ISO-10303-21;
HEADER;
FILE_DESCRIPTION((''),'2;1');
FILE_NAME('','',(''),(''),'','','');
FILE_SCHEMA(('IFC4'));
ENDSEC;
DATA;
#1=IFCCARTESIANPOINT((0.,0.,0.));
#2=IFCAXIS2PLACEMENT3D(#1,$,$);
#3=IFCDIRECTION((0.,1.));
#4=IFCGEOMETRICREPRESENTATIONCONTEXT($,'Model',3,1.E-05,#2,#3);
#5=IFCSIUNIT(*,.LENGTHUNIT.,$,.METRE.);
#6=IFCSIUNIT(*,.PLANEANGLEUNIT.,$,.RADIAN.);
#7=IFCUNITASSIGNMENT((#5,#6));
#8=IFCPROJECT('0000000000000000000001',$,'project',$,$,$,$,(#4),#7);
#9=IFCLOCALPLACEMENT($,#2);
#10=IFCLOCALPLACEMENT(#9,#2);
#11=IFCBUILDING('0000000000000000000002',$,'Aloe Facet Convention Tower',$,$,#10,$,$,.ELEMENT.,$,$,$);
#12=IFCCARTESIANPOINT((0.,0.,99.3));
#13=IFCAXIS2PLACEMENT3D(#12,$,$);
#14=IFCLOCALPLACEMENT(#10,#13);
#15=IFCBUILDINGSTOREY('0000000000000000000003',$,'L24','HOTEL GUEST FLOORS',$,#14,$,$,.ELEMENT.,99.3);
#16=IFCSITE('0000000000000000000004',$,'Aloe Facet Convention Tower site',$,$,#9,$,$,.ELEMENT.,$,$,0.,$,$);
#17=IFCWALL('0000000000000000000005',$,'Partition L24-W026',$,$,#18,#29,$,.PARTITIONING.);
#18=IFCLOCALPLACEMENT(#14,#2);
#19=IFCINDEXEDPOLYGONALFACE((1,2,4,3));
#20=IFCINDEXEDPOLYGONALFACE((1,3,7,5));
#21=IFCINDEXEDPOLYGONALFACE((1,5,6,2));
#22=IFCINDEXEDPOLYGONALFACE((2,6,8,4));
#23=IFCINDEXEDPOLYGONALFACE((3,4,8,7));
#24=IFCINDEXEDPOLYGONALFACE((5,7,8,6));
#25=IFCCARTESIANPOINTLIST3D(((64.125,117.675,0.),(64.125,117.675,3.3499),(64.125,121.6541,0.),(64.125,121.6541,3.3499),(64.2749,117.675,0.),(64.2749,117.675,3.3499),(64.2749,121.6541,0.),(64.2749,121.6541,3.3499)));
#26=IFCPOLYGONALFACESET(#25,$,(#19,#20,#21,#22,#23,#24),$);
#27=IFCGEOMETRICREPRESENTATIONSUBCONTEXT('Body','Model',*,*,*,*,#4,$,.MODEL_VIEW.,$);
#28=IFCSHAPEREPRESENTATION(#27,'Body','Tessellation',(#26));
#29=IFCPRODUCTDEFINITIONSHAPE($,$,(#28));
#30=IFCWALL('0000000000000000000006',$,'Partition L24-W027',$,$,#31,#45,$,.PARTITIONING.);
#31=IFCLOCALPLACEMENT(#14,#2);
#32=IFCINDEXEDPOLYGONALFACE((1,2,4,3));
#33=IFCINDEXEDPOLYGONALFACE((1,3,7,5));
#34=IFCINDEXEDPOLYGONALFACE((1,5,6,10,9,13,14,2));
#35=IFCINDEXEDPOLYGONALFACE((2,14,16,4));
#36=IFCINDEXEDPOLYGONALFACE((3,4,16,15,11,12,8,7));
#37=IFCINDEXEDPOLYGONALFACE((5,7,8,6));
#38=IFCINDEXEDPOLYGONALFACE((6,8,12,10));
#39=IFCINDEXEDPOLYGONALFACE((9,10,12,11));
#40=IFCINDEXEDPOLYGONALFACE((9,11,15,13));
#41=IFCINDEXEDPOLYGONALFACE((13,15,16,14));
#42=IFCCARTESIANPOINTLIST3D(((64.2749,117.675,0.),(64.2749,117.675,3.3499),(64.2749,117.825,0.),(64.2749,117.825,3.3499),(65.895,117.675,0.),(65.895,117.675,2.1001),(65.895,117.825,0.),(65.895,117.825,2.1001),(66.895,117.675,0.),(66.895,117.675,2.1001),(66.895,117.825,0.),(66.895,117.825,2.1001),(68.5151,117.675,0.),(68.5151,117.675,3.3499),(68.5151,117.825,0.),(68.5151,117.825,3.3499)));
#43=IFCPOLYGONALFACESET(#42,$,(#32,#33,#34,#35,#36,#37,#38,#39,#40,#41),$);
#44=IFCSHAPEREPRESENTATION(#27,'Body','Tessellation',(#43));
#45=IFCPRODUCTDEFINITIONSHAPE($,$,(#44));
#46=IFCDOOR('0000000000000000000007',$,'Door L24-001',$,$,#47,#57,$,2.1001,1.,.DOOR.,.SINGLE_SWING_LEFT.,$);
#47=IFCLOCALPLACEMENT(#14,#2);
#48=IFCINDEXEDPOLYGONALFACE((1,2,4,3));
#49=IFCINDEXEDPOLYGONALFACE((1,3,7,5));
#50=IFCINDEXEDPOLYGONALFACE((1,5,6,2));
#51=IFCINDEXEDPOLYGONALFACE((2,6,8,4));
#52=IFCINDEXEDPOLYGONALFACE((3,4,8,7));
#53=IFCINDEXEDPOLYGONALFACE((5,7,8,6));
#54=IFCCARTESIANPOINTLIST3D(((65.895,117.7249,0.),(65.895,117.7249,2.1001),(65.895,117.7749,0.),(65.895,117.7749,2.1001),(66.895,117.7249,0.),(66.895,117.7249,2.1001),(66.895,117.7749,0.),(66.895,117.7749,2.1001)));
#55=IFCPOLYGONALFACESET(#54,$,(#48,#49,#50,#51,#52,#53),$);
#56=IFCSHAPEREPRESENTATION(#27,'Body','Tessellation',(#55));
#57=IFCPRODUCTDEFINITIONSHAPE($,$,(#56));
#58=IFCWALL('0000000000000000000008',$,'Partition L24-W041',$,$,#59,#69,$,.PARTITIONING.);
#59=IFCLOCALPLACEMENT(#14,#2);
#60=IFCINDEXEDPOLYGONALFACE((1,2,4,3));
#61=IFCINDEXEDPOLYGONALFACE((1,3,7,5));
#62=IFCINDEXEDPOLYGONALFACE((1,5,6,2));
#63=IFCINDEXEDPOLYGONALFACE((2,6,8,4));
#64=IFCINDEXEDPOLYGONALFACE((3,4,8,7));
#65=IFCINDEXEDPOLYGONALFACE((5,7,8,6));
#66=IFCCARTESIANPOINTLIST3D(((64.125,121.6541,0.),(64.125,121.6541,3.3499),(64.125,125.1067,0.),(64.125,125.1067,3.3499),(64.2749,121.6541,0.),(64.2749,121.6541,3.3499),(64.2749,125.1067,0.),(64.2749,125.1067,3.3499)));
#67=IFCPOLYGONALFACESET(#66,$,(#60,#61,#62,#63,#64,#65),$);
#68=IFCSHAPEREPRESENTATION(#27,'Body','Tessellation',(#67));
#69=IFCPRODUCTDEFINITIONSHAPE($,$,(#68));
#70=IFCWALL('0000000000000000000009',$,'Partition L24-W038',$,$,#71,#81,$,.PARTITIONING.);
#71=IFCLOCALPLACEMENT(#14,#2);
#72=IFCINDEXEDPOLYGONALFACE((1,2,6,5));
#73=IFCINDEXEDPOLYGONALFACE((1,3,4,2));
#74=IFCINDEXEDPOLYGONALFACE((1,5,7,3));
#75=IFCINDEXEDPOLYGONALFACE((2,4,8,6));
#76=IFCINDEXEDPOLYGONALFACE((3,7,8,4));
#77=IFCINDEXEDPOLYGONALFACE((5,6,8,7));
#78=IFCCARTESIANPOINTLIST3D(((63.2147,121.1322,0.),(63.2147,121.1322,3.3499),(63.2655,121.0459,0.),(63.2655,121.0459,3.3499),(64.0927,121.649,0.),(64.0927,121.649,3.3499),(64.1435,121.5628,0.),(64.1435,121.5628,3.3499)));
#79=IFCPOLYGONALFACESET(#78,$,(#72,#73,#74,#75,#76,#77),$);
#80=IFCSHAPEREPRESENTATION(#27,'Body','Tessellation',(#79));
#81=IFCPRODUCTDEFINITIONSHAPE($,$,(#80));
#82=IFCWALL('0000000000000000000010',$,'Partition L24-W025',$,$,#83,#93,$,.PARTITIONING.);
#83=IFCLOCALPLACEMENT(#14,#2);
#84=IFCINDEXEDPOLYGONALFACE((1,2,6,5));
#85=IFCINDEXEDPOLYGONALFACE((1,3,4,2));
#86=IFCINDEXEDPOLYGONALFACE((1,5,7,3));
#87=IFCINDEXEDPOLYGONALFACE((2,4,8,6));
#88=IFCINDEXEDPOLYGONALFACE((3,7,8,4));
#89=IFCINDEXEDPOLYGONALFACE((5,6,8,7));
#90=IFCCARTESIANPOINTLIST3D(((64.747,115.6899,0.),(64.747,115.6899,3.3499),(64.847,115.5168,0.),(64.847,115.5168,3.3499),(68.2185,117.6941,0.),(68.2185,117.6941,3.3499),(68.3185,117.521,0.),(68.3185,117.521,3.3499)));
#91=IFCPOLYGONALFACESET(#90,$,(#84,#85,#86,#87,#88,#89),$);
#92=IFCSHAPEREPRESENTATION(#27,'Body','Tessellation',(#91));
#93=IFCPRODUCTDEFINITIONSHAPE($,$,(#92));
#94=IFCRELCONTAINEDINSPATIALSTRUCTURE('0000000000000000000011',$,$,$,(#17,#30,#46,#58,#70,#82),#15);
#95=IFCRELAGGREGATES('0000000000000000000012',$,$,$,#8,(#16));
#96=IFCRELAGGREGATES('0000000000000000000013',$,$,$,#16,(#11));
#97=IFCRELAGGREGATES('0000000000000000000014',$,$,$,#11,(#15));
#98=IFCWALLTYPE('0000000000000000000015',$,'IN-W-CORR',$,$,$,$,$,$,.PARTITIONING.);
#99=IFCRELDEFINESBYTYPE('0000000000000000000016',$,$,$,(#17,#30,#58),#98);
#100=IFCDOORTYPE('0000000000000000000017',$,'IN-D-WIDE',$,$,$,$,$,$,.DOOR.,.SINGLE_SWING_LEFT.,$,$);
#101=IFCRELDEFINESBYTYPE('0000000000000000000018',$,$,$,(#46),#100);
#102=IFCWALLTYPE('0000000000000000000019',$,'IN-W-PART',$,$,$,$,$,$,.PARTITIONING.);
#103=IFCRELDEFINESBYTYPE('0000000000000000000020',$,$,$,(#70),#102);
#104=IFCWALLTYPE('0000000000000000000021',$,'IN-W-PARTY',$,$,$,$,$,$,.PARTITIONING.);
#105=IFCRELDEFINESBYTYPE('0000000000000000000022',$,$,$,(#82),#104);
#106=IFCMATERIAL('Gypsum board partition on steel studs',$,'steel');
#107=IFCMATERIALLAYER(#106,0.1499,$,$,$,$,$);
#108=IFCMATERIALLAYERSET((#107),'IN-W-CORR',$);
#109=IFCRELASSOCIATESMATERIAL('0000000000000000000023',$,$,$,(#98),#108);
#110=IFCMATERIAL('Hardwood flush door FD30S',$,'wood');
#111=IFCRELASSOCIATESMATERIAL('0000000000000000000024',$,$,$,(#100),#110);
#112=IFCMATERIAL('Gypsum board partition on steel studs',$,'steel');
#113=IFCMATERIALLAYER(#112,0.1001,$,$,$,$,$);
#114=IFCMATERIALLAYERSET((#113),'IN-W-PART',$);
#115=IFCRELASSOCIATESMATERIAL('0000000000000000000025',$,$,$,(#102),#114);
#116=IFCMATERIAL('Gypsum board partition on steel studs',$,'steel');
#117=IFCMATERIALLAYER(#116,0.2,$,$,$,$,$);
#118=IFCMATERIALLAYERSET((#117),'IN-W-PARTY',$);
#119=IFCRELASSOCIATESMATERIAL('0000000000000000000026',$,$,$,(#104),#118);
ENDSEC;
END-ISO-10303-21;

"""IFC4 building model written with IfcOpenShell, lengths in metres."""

from ifc_helpers import new_model, si_unit, direction, frame, frame_2d, origin, place, context, subcontext, project, spatial, rectangle, extrude, material, layer, layer_set, type_object, element, fill, save


model = new_model("IFC4")

# Units and contexts
model_context = context("Model", 3, precision=1e-05, world=origin(), true_north=direction((0.0, 1.0)))
body_context = subcontext(model_context, "Body", "Model", "MODEL_VIEW")
ifc_project = project(units=[si_unit("LENGTHUNIT", "METRE"), si_unit("PLANEANGLEUNIT", "RADIAN")], contexts=[model_context])

# Site, building, storey
site_placement = place(None, origin())
site = spatial("IfcSite", under=ifc_project, at=site_placement, Name="Aloe Facet Convention Tower site", CompositionType="ELEMENT", RefElevation=0.0)
building_placement = place(site_placement, origin())
building = spatial("IfcBuilding", under=site, at=building_placement, Name="Aloe Facet Convention Tower", CompositionType="ELEMENT")
storey_placement = place(building_placement, frame((0.0, 0.0, 99.3)))
storey = spatial("IfcBuildingStorey", under=building, at=storey_placement, Name="L24", Description="HOTEL GUEST FLOORS", CompositionType="ELEMENT", Elevation=99.3)

# Wall
ifc_material_1 = material(Name="Gypsum board partition on steel studs", Category="steel")
ifc_layer_1 = layer(ifc_material_1, 0.1499)
ifc_layer_set_1 = layer_set([ifc_layer_1], Name="IN-W-CORR")
wall_type_1 = type_object("IfcWallType", Name="IN-W-CORR", PredefinedType="PARTITIONING", material=ifc_layer_set_1)
wall_1_placement = place(storey_placement, frame((64.2, 117.675, 0.0), z_axis=(0.0, 0.0, 1.0), x_axis=(0.0, 1.0, 0.0)))
element("IfcWall", 1, at=wall_1_placement, inside=storey, type_object=wall_type_1, Name="Partition L24-W026", PredefinedType="PARTITIONING", context=body_context, shape_type="SweptSolid", body=[
    extrude(rectangle(XDim=3.979, YDim=0.1499, at=frame_2d((1.9895, 0.0))), origin(), (0.0, 0.0, 1.0), 3.3499),
])

# Wall, opening, door
wall_2_placement = place(storey_placement, frame((64.2749, 117.75, 0.0), z_axis=(0.0, 0.0, 1.0), x_axis=(1.0, 0.0, 0.0)))
wall_2 = element("IfcWall", 2, at=wall_2_placement, inside=storey, type_object=wall_type_1, Name="Partition L24-W027", PredefinedType="PARTITIONING", context=body_context, shape_type="SweptSolid", body=[
    extrude(rectangle(XDim=4.2402, YDim=0.1499, at=frame_2d((2.1201, 0.0))), origin(), (0.0, 0.0, 1.0), 3.3499),
])
opening_1_placement = place(wall_2_placement, frame((1.6201, 0.0, 0.0)))
opening_1 = element("IfcOpeningElement", 3, at=opening_1_placement, cuts=wall_2, PredefinedType="OPENING", context=body_context, shape_type="SweptSolid", body=[
    extrude(rectangle(XDim=1.0, YDim=2.1001, at=frame_2d((0.5, 1.05))), frame((0.0, 0.085, 0.0), z_axis=(0.0, -1.0, 0.0), x_axis=(1.0, 0.0, 0.0)), (0.0, 0.0, 1.0), 0.1699),
])
ifc_material_2 = material(Name="Hardwood flush door FD30S", Category="wood")
door_type_1 = type_object("IfcDoorType", Name="IN-D-WIDE", OperationType="SINGLE_SWING_LEFT", PredefinedType="DOOR", material=ifc_material_2)
door_1_placement = place(opening_1_placement, origin())
door_1 = element("IfcDoor", 4, at=door_1_placement, inside=storey, type_object=door_type_1, Name="Door L24-001", OperationType="SINGLE_SWING_LEFT", OverallHeight=2.1001, OverallWidth=1.0, PredefinedType="DOOR", context=body_context, shape_type="SweptSolid", body=[
    extrude(rectangle(XDim=1.0, YDim=2.1001, at=frame_2d((0.5, 1.05))), frame((0.0, 0.0249, 0.0), z_axis=(0.0, -1.0, 0.0), x_axis=(1.0, 0.0, 0.0)), (0.0, 0.0, 1.0), 0.05),
])
fill(opening_1, door_1)

# Walls
wall_3_placement = place(storey_placement, frame((64.2, 121.6541, 0.0), z_axis=(0.0, 0.0, 1.0), x_axis=(0.0, 1.0, 0.0)))
element("IfcWall", 5, at=wall_3_placement, inside=storey, type_object=wall_type_1, Name="Partition L24-W041", PredefinedType="PARTITIONING", context=body_context, shape_type="SweptSolid", body=[
    extrude(rectangle(XDim=3.4526, YDim=0.1499, at=frame_2d((1.7263, 0.0))), origin(), (0.0, 0.0, 1.0), 3.3499),
])
ifc_material_3 = material(Name="Gypsum board partition on steel studs", Category="steel")
ifc_layer_2 = layer(ifc_material_3, 0.1001)
ifc_layer_set_2 = layer_set([ifc_layer_2], Name="IN-W-PART")
wall_type_2 = type_object("IfcWallType", Name="IN-W-PART", PredefinedType="PARTITIONING", material=ifc_layer_set_2)
wall_4_placement = place(storey_placement, frame((63.2402, 121.0891, 0.0), z_axis=(0.0, 0.0, 1.0), x_axis=(0.861756, 0.507324, 0.0)))
element("IfcWall", 6, at=wall_4_placement, inside=storey, type_object=wall_type_2, Name="Partition L24-W038", PredefinedType="PARTITIONING", context=body_context, shape_type="SweptSolid", body=[
    extrude(rectangle(XDim=1.0188, YDim=0.1001, at=frame_2d((0.5093, 0.0))), origin(), (0.0, 0.0, 1.0), 3.3499),
])
ifc_material_4 = material(Name="Gypsum board partition on steel studs", Category="steel")
ifc_layer_3 = layer(ifc_material_4, 0.2)
ifc_layer_set_3 = layer_set([ifc_layer_3], Name="IN-W-PARTY")
wall_type_3 = type_object("IfcWallType", Name="IN-W-PARTY", PredefinedType="PARTITIONING", material=ifc_layer_set_3)
wall_5_placement = place(storey_placement, frame((64.7969, 115.6033, 0.0), z_axis=(0.0, 0.0, 1.0), x_axis=(0.866034, 0.499984, 0.0)))
element("IfcWall", 7, at=wall_5_placement, inside=storey, type_object=wall_type_3, Name="Partition L24-W025", PredefinedType="PARTITIONING", context=body_context, shape_type="SweptSolid", body=[
    extrude(rectangle(XDim=4.0085, YDim=0.2, at=frame_2d((2.0044, 0.0))), origin(), (0.0, 0.0, 1.0), 3.3499),
])

save(model, "model.ifc")
